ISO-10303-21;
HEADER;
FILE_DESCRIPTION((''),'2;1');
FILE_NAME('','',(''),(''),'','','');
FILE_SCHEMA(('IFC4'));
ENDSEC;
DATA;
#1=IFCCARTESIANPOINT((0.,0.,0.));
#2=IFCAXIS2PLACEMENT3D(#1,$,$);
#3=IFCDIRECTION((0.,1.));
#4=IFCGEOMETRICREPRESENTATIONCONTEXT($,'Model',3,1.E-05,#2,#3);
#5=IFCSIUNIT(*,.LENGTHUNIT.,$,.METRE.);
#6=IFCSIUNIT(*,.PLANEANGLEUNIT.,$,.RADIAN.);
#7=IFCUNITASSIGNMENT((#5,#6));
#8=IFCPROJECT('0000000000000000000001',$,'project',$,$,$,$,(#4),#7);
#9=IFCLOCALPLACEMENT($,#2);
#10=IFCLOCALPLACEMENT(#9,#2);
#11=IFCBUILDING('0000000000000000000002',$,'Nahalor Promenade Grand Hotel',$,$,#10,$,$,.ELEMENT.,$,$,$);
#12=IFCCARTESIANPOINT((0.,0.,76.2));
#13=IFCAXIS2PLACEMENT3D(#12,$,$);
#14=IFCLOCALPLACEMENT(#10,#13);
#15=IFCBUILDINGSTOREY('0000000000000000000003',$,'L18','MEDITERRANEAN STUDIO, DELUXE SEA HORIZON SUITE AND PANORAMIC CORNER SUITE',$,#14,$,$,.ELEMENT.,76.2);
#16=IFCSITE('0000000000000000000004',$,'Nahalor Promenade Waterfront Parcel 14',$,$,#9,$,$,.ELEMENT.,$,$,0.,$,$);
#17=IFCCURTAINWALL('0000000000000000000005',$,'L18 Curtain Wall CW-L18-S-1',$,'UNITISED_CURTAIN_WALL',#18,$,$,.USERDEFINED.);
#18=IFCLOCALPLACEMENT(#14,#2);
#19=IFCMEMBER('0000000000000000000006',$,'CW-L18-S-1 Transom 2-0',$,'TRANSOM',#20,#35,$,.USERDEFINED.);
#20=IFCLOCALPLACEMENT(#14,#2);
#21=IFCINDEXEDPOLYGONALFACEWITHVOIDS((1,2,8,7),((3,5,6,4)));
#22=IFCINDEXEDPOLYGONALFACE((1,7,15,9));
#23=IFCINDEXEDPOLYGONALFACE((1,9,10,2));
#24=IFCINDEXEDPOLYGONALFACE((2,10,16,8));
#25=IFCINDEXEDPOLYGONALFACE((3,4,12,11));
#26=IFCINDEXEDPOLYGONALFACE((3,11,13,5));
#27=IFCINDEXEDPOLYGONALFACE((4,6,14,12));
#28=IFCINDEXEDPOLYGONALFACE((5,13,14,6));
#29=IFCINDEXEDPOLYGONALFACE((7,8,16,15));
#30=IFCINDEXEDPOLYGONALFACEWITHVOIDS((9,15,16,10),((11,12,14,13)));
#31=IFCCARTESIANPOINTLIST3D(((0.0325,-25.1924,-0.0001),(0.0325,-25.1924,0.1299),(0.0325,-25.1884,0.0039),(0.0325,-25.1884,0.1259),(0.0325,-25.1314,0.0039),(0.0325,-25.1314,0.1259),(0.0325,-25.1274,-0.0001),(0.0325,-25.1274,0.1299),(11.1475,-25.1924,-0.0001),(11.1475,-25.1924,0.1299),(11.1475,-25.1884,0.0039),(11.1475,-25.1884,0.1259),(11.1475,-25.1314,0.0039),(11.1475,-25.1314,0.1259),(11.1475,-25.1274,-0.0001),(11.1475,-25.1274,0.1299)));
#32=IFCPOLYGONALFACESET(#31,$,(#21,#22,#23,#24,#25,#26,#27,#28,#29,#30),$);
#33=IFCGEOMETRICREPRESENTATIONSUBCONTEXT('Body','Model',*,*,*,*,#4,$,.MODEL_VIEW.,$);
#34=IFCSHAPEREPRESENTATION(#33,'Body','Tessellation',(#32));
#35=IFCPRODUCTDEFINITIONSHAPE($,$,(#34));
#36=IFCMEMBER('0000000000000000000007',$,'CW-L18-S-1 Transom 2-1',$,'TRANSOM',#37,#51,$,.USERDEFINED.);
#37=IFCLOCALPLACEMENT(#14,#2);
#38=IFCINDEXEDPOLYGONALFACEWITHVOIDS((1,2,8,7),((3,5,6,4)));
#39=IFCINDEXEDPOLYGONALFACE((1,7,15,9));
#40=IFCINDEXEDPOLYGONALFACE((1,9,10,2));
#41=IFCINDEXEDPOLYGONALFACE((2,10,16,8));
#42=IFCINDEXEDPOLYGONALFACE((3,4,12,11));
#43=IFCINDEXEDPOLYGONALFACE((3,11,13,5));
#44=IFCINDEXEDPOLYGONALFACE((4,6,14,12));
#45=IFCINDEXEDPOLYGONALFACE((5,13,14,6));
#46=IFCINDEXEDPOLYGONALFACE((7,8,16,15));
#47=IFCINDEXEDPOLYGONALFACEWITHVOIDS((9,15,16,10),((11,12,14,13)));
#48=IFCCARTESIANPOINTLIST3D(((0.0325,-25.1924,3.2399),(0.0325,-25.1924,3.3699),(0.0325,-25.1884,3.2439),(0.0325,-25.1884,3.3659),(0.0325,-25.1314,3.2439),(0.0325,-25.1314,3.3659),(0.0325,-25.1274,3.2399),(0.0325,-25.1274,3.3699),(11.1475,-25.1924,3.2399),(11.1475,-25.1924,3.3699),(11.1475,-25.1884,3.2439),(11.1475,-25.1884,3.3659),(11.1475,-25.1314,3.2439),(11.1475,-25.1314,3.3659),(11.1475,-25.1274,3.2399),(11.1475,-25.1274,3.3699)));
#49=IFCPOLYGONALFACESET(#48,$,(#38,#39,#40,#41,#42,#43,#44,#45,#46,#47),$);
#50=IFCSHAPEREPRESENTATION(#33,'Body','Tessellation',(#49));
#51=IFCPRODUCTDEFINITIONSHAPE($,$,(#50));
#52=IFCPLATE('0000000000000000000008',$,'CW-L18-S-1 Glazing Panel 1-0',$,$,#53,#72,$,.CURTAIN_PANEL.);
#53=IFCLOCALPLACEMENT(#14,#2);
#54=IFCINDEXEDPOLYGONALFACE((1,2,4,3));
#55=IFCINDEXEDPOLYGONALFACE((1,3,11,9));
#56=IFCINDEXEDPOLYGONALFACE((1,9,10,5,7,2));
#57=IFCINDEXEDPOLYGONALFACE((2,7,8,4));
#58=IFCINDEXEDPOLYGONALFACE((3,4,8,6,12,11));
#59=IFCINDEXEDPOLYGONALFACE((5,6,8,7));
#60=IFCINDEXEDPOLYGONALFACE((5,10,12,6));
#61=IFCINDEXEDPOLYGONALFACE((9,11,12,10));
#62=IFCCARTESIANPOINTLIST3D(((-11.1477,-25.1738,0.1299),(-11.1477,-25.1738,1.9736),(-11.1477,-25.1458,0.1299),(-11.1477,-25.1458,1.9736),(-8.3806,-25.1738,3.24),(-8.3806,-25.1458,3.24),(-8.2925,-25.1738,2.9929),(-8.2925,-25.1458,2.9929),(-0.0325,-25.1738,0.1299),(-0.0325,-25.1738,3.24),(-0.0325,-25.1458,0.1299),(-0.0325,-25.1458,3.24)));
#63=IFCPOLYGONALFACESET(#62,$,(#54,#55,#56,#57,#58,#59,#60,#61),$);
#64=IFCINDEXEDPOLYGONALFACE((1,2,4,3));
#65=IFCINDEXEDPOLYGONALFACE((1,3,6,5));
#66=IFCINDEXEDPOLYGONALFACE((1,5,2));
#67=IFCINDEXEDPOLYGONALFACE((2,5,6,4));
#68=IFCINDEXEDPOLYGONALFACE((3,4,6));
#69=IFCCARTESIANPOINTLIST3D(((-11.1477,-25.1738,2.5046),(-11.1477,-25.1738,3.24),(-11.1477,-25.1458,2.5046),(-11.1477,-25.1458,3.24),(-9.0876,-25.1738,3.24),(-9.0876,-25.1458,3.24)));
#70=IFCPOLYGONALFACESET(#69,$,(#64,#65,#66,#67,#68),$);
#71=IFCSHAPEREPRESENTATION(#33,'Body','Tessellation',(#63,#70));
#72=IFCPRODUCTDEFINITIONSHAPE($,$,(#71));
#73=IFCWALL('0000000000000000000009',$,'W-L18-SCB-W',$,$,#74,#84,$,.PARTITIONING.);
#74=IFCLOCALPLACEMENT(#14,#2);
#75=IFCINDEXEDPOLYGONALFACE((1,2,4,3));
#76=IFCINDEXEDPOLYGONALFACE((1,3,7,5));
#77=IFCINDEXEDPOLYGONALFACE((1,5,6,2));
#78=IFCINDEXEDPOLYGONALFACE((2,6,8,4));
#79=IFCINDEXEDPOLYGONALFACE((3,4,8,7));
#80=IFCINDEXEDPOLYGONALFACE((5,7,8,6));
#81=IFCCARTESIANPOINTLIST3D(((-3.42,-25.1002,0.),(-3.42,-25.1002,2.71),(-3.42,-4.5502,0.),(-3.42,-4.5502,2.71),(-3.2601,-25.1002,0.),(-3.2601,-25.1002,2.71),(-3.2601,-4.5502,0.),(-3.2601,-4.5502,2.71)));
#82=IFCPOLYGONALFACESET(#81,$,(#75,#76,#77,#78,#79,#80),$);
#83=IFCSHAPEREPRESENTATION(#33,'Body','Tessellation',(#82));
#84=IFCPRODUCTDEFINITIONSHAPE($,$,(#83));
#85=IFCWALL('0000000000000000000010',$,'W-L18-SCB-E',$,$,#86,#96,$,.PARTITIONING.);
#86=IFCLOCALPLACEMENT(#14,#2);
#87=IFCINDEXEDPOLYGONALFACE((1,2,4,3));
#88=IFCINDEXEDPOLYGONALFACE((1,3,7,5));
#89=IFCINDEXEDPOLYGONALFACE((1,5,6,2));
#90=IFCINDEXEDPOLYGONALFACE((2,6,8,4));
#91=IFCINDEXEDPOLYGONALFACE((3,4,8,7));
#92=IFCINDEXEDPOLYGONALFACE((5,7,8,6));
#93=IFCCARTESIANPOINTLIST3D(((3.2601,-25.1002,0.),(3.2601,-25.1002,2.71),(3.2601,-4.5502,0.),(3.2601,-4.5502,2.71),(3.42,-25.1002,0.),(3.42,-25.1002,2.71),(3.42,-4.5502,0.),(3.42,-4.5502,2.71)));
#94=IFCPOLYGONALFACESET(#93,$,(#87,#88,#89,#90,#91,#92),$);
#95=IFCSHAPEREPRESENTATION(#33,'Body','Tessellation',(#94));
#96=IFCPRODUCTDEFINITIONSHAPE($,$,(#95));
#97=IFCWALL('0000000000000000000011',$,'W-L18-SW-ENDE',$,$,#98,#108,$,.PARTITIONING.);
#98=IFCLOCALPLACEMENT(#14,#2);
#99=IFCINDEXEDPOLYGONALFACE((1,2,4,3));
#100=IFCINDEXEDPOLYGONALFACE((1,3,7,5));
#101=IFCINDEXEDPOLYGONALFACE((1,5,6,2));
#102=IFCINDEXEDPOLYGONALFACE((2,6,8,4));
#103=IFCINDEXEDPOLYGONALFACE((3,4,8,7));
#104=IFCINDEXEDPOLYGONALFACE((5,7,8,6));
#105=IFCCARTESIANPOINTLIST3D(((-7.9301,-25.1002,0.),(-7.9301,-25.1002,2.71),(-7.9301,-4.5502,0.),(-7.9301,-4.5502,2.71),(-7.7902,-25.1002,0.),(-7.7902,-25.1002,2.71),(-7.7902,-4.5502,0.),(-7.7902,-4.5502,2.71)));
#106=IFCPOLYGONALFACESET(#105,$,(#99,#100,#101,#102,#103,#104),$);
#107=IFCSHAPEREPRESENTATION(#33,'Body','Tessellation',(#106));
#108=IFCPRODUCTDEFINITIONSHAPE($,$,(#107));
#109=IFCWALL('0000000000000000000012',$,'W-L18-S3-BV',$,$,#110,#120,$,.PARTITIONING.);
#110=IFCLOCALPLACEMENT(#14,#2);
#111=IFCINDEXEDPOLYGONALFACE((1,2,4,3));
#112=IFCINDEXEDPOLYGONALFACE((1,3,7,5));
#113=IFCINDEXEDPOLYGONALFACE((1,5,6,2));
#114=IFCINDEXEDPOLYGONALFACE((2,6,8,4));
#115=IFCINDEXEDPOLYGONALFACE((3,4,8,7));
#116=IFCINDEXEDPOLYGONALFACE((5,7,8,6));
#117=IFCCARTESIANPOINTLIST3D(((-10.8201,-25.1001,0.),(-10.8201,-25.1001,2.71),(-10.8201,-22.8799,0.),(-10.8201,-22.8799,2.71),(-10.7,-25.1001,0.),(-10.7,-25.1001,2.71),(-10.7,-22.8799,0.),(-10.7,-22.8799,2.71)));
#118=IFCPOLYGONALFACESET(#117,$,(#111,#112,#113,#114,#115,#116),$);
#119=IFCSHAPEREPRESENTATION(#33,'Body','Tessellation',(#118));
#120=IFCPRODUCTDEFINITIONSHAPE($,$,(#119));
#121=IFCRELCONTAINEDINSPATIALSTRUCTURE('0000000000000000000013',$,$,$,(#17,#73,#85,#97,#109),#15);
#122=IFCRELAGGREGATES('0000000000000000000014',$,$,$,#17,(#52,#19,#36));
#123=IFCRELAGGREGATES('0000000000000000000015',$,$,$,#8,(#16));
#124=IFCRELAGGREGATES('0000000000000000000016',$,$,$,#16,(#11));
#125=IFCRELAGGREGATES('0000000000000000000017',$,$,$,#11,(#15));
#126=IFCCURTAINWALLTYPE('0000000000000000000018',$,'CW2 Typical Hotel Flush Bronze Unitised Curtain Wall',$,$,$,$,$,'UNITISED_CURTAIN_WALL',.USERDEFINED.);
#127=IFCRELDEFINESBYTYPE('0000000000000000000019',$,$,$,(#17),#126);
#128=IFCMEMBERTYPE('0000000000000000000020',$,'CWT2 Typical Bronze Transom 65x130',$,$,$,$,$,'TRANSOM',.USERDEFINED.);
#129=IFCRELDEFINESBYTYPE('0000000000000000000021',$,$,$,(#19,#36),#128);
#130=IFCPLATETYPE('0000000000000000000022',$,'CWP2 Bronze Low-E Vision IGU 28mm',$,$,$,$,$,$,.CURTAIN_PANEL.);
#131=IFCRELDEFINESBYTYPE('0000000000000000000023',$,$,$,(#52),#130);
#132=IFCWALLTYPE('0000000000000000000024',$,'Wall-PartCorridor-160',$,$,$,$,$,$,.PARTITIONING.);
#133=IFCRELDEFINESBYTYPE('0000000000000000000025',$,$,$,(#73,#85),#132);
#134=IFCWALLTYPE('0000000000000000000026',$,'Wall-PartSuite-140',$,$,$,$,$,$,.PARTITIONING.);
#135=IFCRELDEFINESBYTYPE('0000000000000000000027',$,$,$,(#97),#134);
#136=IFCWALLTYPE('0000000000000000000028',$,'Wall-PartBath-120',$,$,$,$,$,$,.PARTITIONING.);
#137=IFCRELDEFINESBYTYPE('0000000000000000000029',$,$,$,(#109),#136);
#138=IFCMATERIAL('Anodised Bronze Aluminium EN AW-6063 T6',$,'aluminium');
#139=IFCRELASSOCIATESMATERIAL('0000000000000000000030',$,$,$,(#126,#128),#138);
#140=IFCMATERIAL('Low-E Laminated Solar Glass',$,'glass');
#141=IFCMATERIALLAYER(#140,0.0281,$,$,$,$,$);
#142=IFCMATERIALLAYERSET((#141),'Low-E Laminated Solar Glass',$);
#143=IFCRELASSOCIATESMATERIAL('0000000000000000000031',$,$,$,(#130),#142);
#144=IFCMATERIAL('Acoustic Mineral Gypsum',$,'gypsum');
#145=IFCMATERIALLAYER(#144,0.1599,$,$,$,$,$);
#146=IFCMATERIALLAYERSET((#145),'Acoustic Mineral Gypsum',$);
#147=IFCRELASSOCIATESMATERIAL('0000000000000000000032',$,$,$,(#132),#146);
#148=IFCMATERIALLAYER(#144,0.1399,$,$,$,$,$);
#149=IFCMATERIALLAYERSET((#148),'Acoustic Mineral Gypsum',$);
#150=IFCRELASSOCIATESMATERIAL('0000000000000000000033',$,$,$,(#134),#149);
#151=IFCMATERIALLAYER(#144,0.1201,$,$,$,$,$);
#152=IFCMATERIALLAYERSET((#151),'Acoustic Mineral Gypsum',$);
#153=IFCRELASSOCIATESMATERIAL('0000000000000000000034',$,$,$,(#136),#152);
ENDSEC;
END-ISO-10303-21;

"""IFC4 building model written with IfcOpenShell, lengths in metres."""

from ifc_helpers import new_model, si_unit, direction, frame, frame_2d, origin, origin_2d, place, context, subcontext, project, spatial, polyline, rectangle, hollow_rectangle, outline, extrude, source, transform, mapped, material, layer, layer_set, material_profile, profile_set, type_object, element, aggregate, save


model = new_model("IFC4")

# Units and contexts
model_context = context("Model", 3, precision=1e-05, world=origin(), true_north=direction((0.0, 1.0)))
body_context = subcontext(model_context, "Body", "Model", "MODEL_VIEW")
ifc_project = project(units=[si_unit("LENGTHUNIT", "METRE"), si_unit("PLANEANGLEUNIT", "RADIAN")], contexts=[model_context])

# Site, building, storey
site_placement = place(None, origin())
site = spatial("IfcSite", under=ifc_project, at=site_placement, Name="Nahalor Promenade Waterfront Parcel 14", CompositionType="ELEMENT", RefElevation=0.0)
building_placement = place(site_placement, origin())
building = spatial("IfcBuilding", under=site, at=building_placement, Name="Nahalor Promenade Grand Hotel", CompositionType="ELEMENT")
storey_placement = place(building_placement, frame((0.0, 0.0, 76.2)))
storey = spatial("IfcBuildingStorey", under=building, at=storey_placement, Name="L18", Description="MEDITERRANEAN STUDIO, DELUXE SEA HORIZON SUITE AND PANORAMIC CORNER SUITE", CompositionType="ELEMENT", Elevation=76.2)

# Curtain wall, members, plate
ifc_material_1 = material(Name="Anodised Bronze Aluminium EN AW-6063 T6", Category="aluminium")
curtain_wall_type = type_object("IfcCurtainWallType", Name="CW2 Typical Hotel Flush Bronze Unitised Curtain Wall", ElementType="UNITISED_CURTAIN_WALL", PredefinedType="USERDEFINED", material=ifc_material_1)
curtain_wall_placement = place(storey_placement, origin())
curtain_wall = element("IfcCurtainWall", 1, at=curtain_wall_placement, inside=storey, type_object=curtain_wall_type, Name="L18 Curtain Wall CW-L18-S-1", ObjectType="UNITISED_CURTAIN_WALL", PredefinedType="USERDEFINED")
ifc_material_profile_1 = material_profile(ifc_material_1, hollow_rectangle(XDim=0.065, YDim=0.13, WallThickness=0.004, at=origin_2d()), Name="CWT 65x130x4")
ifc_profile_set_1 = profile_set([ifc_material_profile_1], Name="Anodised Bronze Aluminium EN AW-6063 T6")
member_type_1 = type_object("IfcMemberType", Name="CWT2 Typical Bronze Transom 65x130", ElementType="TRANSOM", PredefinedType="USERDEFINED", material=ifc_profile_set_1)
shared_shape_1 = source(origin(), body_context, "Body", "SweptSolid", [
    extrude(hollow_rectangle(XDim=0.065, YDim=0.13, WallThickness=0.004, at=origin_2d()), origin(), (0.0, 0.0, 1.0), 11.115),
])
member_1_placement = place(storey_placement, frame((0.0325, -25.1599, 0.0649), z_axis=(1.0, 0.0, 0.0), x_axis=(0.0, 1.0, 0.0)))
member_1 = element("IfcMember", 2, at=member_1_placement, type_object=member_type_1, Name="CW-L18-S-1 Transom 2-0", ObjectType="TRANSOM", PredefinedType="USERDEFINED", context=body_context, shape_type="MappedRepresentation", body=[
    mapped(shared_shape_1, transform((0.0, 0.0, 0.0), scale=1.0)),
])
member_2_placement = place(storey_placement, frame((0.0325, -25.1599, 3.3049), z_axis=(1.0, 0.0, 0.0), x_axis=(0.0, 1.0, 0.0)))
member_2 = element("IfcMember", 3, at=member_2_placement, type_object=member_type_1, Name="CW-L18-S-1 Transom 2-1", ObjectType="TRANSOM", PredefinedType="USERDEFINED", context=body_context, shape_type="MappedRepresentation", body=[
    mapped(shared_shape_1, transform((0.0, 0.0, 0.0), scale=1.0)),
])
ifc_material_2 = material(Name="Low-E Laminated Solar Glass", Category="glass")
ifc_layer_1 = layer(ifc_material_2, 0.0281)
ifc_layer_set_1 = layer_set([ifc_layer_1], Name="Low-E Laminated Solar Glass")
plate_type = type_object("IfcPlateType", Name="CWP2 Bronze Low-E Vision IGU 28mm", PredefinedType="CURTAIN_PANEL", material=ifc_layer_set_1)
plate_placement = place(storey_placement, frame((-5.5901, -25.1599, 0.1299), z_axis=(0.0, 0.0, 1.0), x_axis=(1.0, 0.0, 0.0)))
plate = element("IfcPlate", 4, at=plate_placement, type_object=plate_type, Name="CW-L18-S-1 Glazing Panel 1-0", PredefinedType="CURTAIN_PANEL", context=body_context, shape_type="SweptSolid", body=[
    extrude(outline(polyline([(5.5576, 0.0), (5.5576, 3.1101), (-2.7905, 3.1101), (-2.7024, 2.863), (-5.5576, 1.8438), (-5.5576, 0.0), (5.5576, 0.0)])), frame((0.0, 0.0142, 0.0), z_axis=(0.0, -1.0, 0.0), x_axis=(1.0, 0.0, 0.0)), (0.0, 0.0, 1.0), 0.0281),
    extrude(outline(polyline([(-3.4976, 3.1101), (-5.5576, 3.1101), (-5.5576, 2.3748), (-3.4976, 3.1101)])), frame((0.0, 0.0142, 0.0), z_axis=(0.0, -1.0, 0.0), x_axis=(1.0, 0.0, 0.0)), (0.0, 0.0, 1.0), 0.0281),
])
aggregate(curtain_wall, [plate, member_1, member_2])

# Walls
ifc_material_3 = material(Name="Acoustic Mineral Gypsum", Category="gypsum")
ifc_layer_2 = layer(ifc_material_3, 0.1599)
ifc_layer_set_2 = layer_set([ifc_layer_2], Name="Acoustic Mineral Gypsum")
wall_type_1 = type_object("IfcWallType", Name="Wall-PartCorridor-160", PredefinedType="PARTITIONING", material=ifc_layer_set_2)
shared_shape_2 = source(origin(), body_context, "Body", "SweptSolid", [
    extrude(rectangle(XDim=20.55, YDim=0.1599, at=frame_2d((10.2749, 0.0))), origin(), (0.0, 0.0, 1.0), 2.71),
])
for number, where, z_axis, x_axis, name in (
    (5, (-3.3401, -25.1001, 0.0), (0.0, 0.0, 1.0), (0.0, 1.0, 0.0), "W-L18-SCB-W"),
    (6, (3.3401, -25.1001, 0.0), (0.0, 0.0, 1.0), (0.0, 1.0, 0.0), "W-L18-SCB-E"),
):
    element("IfcWall", number, at=place(storey_placement, frame(where, z_axis=z_axis, x_axis=x_axis)), inside=storey, type_object=wall_type_1, Name=name, PredefinedType="PARTITIONING", context=body_context, shape_type="MappedRepresentation", body=[
        mapped(shared_shape_2, transform((0.0, 0.0, 0.0), scale=1.0)),
    ])
ifc_layer_3 = layer(ifc_material_3, 0.1399)
ifc_layer_set_3 = layer_set([ifc_layer_3], Name="Acoustic Mineral Gypsum")
wall_type_2 = type_object("IfcWallType", Name="Wall-PartSuite-140", PredefinedType="PARTITIONING", material=ifc_layer_set_3)
shared_shape_3 = source(origin(), body_context, "Body", "SweptSolid", [
    extrude(rectangle(XDim=20.55, YDim=0.1399, at=frame_2d((10.2749, 0.0))), origin(), (0.0, 0.0, 1.0), 2.71),
])
wall_1_placement = place(storey_placement, frame((-7.8601, -25.1001, 0.0), z_axis=(0.0, 0.0, 1.0), x_axis=(0.0, 1.0, 0.0)))
element("IfcWall", 7, at=wall_1_placement, inside=storey, type_object=wall_type_2, Name="W-L18-SW-ENDE", PredefinedType="PARTITIONING", context=body_context, shape_type="MappedRepresentation", body=[
    mapped(shared_shape_3, transform((0.0, 0.0, 0.0), scale=1.0)),
])
ifc_layer_4 = layer(ifc_material_3, 0.1201)
ifc_layer_set_4 = layer_set([ifc_layer_4], Name="Acoustic Mineral Gypsum")
wall_type_3 = type_object("IfcWallType", Name="Wall-PartBath-120", PredefinedType="PARTITIONING", material=ifc_layer_set_4)
shared_shape_4 = source(origin(), body_context, "Body", "SweptSolid", [
    extrude(rectangle(XDim=2.2202, YDim=0.1201, at=frame_2d((1.1101, 0.0))), origin(), (0.0, 0.0, 1.0), 2.71),
])
wall_2_placement = place(storey_placement, frame((-10.76, -25.1001, 0.0), z_axis=(0.0, 0.0, 1.0), x_axis=(0.0, 1.0, 0.0)))
element("IfcWall", 8, at=wall_2_placement, inside=storey, type_object=wall_type_3, Name="W-L18-S3-BV", PredefinedType="PARTITIONING", context=body_context, shape_type="MappedRepresentation", body=[
    mapped(shared_shape_4, transform((0.0, 0.0, 0.0), scale=1.0)),
])

save(model, "model.ifc")
